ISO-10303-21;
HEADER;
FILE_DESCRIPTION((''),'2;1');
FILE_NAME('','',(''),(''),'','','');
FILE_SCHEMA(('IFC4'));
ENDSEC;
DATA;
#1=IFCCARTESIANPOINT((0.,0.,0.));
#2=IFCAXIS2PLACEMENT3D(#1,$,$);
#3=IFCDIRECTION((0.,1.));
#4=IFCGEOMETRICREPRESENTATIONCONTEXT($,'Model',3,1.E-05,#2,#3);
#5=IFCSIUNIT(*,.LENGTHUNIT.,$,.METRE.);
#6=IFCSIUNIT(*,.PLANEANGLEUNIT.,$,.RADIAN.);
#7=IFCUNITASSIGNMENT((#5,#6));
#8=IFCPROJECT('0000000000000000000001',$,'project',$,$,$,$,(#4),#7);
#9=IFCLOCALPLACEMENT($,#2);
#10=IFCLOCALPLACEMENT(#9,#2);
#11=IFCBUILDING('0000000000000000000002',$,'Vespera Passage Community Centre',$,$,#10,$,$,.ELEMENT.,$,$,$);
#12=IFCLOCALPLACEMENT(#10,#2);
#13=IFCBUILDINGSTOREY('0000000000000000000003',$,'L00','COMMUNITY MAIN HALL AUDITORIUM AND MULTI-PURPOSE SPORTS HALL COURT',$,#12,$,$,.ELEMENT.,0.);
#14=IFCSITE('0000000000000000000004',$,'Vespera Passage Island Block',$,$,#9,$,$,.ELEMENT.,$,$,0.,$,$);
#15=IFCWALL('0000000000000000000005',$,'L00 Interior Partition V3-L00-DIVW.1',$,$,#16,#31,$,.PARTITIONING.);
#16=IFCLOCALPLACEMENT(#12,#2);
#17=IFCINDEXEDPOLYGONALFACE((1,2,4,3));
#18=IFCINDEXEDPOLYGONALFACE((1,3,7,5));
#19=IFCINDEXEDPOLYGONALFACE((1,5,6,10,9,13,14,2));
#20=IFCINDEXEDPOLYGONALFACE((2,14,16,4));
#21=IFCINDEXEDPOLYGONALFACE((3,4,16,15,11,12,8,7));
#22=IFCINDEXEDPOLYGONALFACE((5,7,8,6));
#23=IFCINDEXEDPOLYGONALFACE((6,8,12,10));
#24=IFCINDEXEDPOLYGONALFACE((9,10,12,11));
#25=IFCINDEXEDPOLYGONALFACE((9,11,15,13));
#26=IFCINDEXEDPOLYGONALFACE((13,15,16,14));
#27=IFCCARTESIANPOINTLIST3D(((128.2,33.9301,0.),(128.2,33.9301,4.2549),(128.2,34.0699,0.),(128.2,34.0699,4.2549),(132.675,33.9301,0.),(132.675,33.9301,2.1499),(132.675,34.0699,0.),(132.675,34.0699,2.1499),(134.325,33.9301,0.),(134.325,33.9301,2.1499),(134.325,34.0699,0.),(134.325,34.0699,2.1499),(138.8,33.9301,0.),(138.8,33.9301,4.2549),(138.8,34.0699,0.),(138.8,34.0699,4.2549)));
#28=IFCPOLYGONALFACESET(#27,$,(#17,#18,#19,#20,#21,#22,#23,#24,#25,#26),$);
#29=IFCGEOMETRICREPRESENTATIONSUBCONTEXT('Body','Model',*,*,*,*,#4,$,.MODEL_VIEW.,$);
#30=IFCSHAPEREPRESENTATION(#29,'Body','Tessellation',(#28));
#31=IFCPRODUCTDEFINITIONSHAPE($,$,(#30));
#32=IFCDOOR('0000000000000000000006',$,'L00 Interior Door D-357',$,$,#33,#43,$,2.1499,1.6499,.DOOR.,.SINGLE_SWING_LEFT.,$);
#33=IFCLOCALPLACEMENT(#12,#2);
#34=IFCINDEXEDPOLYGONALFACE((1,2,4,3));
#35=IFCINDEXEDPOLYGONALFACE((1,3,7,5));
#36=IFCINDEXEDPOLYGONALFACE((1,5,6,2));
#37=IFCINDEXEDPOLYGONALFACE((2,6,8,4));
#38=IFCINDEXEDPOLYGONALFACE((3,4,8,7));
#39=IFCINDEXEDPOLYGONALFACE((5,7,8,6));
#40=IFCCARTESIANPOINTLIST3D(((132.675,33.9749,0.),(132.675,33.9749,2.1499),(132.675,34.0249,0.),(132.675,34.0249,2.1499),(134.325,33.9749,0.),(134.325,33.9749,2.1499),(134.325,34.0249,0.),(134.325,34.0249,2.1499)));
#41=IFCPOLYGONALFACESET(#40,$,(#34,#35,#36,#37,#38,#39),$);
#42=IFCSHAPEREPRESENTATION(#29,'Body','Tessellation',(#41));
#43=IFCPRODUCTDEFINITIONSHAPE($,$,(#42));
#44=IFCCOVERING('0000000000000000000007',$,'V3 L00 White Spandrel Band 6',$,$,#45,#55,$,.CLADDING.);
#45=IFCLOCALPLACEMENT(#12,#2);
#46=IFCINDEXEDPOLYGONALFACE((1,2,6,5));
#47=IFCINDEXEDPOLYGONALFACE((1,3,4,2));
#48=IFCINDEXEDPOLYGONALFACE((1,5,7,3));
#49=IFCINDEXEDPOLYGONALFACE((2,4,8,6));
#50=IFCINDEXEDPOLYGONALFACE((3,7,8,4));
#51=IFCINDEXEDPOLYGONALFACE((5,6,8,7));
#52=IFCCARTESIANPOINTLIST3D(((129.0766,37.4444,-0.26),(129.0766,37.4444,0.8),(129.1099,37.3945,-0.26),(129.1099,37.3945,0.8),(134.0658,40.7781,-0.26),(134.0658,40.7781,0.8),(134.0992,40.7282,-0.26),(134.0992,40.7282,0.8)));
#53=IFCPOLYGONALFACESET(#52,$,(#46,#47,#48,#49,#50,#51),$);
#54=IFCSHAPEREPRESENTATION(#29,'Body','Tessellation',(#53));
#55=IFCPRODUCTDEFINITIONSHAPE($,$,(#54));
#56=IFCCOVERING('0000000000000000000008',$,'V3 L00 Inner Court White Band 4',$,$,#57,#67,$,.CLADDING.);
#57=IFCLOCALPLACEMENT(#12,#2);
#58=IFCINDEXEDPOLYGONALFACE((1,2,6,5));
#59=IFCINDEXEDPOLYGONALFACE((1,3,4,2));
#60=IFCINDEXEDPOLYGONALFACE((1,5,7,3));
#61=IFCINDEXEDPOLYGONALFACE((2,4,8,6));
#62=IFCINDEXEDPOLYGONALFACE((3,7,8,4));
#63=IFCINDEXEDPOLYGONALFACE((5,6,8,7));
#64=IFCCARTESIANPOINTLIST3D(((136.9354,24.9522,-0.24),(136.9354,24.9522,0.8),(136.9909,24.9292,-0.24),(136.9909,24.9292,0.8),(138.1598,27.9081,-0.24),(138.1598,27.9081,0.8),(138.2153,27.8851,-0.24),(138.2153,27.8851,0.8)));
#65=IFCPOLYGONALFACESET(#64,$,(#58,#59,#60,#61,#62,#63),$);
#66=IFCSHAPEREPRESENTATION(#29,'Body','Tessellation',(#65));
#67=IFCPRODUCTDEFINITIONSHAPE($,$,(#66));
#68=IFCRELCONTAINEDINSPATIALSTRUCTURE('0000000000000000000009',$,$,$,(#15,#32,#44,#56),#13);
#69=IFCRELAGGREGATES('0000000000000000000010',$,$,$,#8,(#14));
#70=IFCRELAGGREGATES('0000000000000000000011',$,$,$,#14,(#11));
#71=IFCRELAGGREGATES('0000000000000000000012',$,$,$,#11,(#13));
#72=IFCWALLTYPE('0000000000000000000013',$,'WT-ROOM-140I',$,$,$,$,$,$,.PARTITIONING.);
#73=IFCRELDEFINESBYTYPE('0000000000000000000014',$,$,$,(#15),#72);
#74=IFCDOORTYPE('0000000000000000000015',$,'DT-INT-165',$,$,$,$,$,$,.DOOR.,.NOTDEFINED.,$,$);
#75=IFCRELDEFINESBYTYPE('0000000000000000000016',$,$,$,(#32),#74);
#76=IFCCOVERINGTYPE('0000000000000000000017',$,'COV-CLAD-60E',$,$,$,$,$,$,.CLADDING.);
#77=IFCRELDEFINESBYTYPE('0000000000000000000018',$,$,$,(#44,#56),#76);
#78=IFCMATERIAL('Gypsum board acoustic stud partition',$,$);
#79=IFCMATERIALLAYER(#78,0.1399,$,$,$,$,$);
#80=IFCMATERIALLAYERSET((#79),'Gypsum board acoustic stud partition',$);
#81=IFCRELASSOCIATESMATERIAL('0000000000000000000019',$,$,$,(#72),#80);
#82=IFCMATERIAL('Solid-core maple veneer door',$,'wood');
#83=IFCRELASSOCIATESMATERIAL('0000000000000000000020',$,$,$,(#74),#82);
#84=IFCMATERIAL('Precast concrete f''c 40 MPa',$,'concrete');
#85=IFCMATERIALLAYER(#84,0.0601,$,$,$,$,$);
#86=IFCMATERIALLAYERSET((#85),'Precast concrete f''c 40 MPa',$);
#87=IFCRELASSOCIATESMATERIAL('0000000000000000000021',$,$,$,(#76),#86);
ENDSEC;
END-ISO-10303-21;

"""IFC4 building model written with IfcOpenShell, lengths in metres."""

from ifc_helpers import new_model, si_unit, direction, frame, frame_2d, origin, place, context, subcontext, project, spatial, rectangle, extrude, material, layer, layer_set, type_object, element, fill, save


model = new_model("IFC4")

# Units and contexts
model_context = context("Model", 3, precision=1e-05, world=origin(), true_north=direction((0.0, 1.0)))
body_context = subcontext(model_context, "Body", "Model", "MODEL_VIEW")
ifc_project = project(units=[si_unit("LENGTHUNIT", "METRE"), si_unit("PLANEANGLEUNIT", "RADIAN")], contexts=[model_context])

# Site, building, storey
site_placement = place(None, origin())
site = spatial("IfcSite", under=ifc_project, at=site_placement, Name="Vespera Passage Island Block", CompositionType="ELEMENT", RefElevation=0.0)
building_placement = place(site_placement, origin())
building = spatial("IfcBuilding", under=site, at=building_placement, Name="Vespera Passage Community Centre", CompositionType="ELEMENT")
storey_placement = place(building_placement, origin())
storey = spatial("IfcBuildingStorey", under=building, at=storey_placement, Name="L00", Description="COMMUNITY MAIN HALL AUDITORIUM AND MULTI-PURPOSE SPORTS HALL COURT", CompositionType="ELEMENT", Elevation=0.0)

# Wall, opening, door
ifc_material_1 = material(Name="Gypsum board acoustic stud partition")
ifc_layer_1 = layer(ifc_material_1, 0.1399)
ifc_layer_set_1 = layer_set([ifc_layer_1], Name="Gypsum board acoustic stud partition")
wall_type_1 = type_object("IfcWallType", Name="WT-ROOM-140I", PredefinedType="PARTITIONING", material=ifc_layer_set_1)
wall_1_placement = place(storey_placement, frame((128.2, 34.0, 0.0), z_axis=(0.0, 0.0, 1.0), x_axis=(1.0, 0.0, 0.0)))
wall_1 = element("IfcWall", 1, at=wall_1_placement, inside=storey, type_object=wall_type_1, Name="L00 Interior Partition V3-L00-DIVW.1", PredefinedType="PARTITIONING", context=body_context, shape_type="SweptSolid", body=[
    extrude(rectangle(XDim=10.6001, YDim=0.1399, at=frame_2d((5.3, 0.0))), origin(), (0.0, 0.0, 1.0), 4.2549),
])
opening_placement = place(wall_1_placement, frame((4.4751, 0.0, 0.0)))
opening = element("IfcOpeningElement", 2, at=opening_placement, cuts=wall_1, PredefinedType="OPENING", context=body_context, shape_type="SweptSolid", body=[
    extrude(rectangle(XDim=1.6499, YDim=2.1499, at=frame_2d((0.825, 1.075))), frame((0.0, 0.0798, 0.0), z_axis=(0.0, -1.0, 0.0), x_axis=(1.0, 0.0, 0.0)), (0.0, 0.0, 1.0), 0.1599),
])
ifc_material_2 = material(Name="Solid-core maple veneer door", Category="wood")
door_type = type_object("IfcDoorType", Name="DT-INT-165", OperationType="NOTDEFINED", PredefinedType="DOOR", material=ifc_material_2)
door_placement = place(opening_placement, origin())
door = element("IfcDoor", 3, at=door_placement, inside=storey, type_object=door_type, Name="L00 Interior Door D-357", OperationType="SINGLE_SWING_LEFT", OverallHeight=2.1499, OverallWidth=1.6499, PredefinedType="DOOR", context=body_context, shape_type="SweptSolid", body=[
    extrude(rectangle(XDim=1.6499, YDim=2.1499, at=frame_2d((0.825, 1.075))), frame((0.0, 0.0249, 0.0), z_axis=(0.0, -1.0, 0.0), x_axis=(1.0, 0.0, 0.0)), (0.0, 0.0, 1.0), 0.05),
])
fill(opening, door)

# Coverings
ifc_material_3 = material(Name="Precast concrete f'c 40 MPa", Category="concrete")
ifc_layer_2 = layer(ifc_material_3, 0.0601)
ifc_layer_set_2 = layer_set([ifc_layer_2], Name="Precast concrete f'c 40 MPa")
covering_type = type_object("IfcCoveringType", Name="COV-CLAD-60E", PredefinedType="CLADDING", material=ifc_layer_set_2)
covering_1_placement = place(storey_placement, frame((129.0933, 37.4194, -0.26), z_axis=(0.0, 0.0, 1.0), x_axis=(0.831468, 0.555573, 0.0)))
element("IfcCovering", 4, at=covering_1_placement, inside=storey, type_object=covering_type, Name="V3 L00 White Spandrel Band 6", PredefinedType="CLADDING", context=body_context, shape_type="SweptSolid", body=[
    extrude(rectangle(XDim=6.0005, YDim=0.0601, at=frame_2d((3.0002, 0.0))), origin(), (0.0, 0.0, 1.0), 1.0601),
])
covering_2_placement = place(storey_placement, frame((138.1875, 27.8965, -0.24), z_axis=(0.0, 0.0, 1.0), x_axis=(-0.382691, -0.923876, 0.0)))
element("IfcCovering", 5, at=covering_2_placement, inside=storey, type_object=covering_type, Name="V3 L00 Inner Court White Band 4", PredefinedType="CLADDING", context=body_context, shape_type="SweptSolid", body=[
    extrude(rectangle(XDim=3.1995, YDim=0.0601, at=frame_2d((1.5996, 0.0))), origin(), (0.0, 0.0, 1.0), 1.04),
])

save(model, "model.ifc")
